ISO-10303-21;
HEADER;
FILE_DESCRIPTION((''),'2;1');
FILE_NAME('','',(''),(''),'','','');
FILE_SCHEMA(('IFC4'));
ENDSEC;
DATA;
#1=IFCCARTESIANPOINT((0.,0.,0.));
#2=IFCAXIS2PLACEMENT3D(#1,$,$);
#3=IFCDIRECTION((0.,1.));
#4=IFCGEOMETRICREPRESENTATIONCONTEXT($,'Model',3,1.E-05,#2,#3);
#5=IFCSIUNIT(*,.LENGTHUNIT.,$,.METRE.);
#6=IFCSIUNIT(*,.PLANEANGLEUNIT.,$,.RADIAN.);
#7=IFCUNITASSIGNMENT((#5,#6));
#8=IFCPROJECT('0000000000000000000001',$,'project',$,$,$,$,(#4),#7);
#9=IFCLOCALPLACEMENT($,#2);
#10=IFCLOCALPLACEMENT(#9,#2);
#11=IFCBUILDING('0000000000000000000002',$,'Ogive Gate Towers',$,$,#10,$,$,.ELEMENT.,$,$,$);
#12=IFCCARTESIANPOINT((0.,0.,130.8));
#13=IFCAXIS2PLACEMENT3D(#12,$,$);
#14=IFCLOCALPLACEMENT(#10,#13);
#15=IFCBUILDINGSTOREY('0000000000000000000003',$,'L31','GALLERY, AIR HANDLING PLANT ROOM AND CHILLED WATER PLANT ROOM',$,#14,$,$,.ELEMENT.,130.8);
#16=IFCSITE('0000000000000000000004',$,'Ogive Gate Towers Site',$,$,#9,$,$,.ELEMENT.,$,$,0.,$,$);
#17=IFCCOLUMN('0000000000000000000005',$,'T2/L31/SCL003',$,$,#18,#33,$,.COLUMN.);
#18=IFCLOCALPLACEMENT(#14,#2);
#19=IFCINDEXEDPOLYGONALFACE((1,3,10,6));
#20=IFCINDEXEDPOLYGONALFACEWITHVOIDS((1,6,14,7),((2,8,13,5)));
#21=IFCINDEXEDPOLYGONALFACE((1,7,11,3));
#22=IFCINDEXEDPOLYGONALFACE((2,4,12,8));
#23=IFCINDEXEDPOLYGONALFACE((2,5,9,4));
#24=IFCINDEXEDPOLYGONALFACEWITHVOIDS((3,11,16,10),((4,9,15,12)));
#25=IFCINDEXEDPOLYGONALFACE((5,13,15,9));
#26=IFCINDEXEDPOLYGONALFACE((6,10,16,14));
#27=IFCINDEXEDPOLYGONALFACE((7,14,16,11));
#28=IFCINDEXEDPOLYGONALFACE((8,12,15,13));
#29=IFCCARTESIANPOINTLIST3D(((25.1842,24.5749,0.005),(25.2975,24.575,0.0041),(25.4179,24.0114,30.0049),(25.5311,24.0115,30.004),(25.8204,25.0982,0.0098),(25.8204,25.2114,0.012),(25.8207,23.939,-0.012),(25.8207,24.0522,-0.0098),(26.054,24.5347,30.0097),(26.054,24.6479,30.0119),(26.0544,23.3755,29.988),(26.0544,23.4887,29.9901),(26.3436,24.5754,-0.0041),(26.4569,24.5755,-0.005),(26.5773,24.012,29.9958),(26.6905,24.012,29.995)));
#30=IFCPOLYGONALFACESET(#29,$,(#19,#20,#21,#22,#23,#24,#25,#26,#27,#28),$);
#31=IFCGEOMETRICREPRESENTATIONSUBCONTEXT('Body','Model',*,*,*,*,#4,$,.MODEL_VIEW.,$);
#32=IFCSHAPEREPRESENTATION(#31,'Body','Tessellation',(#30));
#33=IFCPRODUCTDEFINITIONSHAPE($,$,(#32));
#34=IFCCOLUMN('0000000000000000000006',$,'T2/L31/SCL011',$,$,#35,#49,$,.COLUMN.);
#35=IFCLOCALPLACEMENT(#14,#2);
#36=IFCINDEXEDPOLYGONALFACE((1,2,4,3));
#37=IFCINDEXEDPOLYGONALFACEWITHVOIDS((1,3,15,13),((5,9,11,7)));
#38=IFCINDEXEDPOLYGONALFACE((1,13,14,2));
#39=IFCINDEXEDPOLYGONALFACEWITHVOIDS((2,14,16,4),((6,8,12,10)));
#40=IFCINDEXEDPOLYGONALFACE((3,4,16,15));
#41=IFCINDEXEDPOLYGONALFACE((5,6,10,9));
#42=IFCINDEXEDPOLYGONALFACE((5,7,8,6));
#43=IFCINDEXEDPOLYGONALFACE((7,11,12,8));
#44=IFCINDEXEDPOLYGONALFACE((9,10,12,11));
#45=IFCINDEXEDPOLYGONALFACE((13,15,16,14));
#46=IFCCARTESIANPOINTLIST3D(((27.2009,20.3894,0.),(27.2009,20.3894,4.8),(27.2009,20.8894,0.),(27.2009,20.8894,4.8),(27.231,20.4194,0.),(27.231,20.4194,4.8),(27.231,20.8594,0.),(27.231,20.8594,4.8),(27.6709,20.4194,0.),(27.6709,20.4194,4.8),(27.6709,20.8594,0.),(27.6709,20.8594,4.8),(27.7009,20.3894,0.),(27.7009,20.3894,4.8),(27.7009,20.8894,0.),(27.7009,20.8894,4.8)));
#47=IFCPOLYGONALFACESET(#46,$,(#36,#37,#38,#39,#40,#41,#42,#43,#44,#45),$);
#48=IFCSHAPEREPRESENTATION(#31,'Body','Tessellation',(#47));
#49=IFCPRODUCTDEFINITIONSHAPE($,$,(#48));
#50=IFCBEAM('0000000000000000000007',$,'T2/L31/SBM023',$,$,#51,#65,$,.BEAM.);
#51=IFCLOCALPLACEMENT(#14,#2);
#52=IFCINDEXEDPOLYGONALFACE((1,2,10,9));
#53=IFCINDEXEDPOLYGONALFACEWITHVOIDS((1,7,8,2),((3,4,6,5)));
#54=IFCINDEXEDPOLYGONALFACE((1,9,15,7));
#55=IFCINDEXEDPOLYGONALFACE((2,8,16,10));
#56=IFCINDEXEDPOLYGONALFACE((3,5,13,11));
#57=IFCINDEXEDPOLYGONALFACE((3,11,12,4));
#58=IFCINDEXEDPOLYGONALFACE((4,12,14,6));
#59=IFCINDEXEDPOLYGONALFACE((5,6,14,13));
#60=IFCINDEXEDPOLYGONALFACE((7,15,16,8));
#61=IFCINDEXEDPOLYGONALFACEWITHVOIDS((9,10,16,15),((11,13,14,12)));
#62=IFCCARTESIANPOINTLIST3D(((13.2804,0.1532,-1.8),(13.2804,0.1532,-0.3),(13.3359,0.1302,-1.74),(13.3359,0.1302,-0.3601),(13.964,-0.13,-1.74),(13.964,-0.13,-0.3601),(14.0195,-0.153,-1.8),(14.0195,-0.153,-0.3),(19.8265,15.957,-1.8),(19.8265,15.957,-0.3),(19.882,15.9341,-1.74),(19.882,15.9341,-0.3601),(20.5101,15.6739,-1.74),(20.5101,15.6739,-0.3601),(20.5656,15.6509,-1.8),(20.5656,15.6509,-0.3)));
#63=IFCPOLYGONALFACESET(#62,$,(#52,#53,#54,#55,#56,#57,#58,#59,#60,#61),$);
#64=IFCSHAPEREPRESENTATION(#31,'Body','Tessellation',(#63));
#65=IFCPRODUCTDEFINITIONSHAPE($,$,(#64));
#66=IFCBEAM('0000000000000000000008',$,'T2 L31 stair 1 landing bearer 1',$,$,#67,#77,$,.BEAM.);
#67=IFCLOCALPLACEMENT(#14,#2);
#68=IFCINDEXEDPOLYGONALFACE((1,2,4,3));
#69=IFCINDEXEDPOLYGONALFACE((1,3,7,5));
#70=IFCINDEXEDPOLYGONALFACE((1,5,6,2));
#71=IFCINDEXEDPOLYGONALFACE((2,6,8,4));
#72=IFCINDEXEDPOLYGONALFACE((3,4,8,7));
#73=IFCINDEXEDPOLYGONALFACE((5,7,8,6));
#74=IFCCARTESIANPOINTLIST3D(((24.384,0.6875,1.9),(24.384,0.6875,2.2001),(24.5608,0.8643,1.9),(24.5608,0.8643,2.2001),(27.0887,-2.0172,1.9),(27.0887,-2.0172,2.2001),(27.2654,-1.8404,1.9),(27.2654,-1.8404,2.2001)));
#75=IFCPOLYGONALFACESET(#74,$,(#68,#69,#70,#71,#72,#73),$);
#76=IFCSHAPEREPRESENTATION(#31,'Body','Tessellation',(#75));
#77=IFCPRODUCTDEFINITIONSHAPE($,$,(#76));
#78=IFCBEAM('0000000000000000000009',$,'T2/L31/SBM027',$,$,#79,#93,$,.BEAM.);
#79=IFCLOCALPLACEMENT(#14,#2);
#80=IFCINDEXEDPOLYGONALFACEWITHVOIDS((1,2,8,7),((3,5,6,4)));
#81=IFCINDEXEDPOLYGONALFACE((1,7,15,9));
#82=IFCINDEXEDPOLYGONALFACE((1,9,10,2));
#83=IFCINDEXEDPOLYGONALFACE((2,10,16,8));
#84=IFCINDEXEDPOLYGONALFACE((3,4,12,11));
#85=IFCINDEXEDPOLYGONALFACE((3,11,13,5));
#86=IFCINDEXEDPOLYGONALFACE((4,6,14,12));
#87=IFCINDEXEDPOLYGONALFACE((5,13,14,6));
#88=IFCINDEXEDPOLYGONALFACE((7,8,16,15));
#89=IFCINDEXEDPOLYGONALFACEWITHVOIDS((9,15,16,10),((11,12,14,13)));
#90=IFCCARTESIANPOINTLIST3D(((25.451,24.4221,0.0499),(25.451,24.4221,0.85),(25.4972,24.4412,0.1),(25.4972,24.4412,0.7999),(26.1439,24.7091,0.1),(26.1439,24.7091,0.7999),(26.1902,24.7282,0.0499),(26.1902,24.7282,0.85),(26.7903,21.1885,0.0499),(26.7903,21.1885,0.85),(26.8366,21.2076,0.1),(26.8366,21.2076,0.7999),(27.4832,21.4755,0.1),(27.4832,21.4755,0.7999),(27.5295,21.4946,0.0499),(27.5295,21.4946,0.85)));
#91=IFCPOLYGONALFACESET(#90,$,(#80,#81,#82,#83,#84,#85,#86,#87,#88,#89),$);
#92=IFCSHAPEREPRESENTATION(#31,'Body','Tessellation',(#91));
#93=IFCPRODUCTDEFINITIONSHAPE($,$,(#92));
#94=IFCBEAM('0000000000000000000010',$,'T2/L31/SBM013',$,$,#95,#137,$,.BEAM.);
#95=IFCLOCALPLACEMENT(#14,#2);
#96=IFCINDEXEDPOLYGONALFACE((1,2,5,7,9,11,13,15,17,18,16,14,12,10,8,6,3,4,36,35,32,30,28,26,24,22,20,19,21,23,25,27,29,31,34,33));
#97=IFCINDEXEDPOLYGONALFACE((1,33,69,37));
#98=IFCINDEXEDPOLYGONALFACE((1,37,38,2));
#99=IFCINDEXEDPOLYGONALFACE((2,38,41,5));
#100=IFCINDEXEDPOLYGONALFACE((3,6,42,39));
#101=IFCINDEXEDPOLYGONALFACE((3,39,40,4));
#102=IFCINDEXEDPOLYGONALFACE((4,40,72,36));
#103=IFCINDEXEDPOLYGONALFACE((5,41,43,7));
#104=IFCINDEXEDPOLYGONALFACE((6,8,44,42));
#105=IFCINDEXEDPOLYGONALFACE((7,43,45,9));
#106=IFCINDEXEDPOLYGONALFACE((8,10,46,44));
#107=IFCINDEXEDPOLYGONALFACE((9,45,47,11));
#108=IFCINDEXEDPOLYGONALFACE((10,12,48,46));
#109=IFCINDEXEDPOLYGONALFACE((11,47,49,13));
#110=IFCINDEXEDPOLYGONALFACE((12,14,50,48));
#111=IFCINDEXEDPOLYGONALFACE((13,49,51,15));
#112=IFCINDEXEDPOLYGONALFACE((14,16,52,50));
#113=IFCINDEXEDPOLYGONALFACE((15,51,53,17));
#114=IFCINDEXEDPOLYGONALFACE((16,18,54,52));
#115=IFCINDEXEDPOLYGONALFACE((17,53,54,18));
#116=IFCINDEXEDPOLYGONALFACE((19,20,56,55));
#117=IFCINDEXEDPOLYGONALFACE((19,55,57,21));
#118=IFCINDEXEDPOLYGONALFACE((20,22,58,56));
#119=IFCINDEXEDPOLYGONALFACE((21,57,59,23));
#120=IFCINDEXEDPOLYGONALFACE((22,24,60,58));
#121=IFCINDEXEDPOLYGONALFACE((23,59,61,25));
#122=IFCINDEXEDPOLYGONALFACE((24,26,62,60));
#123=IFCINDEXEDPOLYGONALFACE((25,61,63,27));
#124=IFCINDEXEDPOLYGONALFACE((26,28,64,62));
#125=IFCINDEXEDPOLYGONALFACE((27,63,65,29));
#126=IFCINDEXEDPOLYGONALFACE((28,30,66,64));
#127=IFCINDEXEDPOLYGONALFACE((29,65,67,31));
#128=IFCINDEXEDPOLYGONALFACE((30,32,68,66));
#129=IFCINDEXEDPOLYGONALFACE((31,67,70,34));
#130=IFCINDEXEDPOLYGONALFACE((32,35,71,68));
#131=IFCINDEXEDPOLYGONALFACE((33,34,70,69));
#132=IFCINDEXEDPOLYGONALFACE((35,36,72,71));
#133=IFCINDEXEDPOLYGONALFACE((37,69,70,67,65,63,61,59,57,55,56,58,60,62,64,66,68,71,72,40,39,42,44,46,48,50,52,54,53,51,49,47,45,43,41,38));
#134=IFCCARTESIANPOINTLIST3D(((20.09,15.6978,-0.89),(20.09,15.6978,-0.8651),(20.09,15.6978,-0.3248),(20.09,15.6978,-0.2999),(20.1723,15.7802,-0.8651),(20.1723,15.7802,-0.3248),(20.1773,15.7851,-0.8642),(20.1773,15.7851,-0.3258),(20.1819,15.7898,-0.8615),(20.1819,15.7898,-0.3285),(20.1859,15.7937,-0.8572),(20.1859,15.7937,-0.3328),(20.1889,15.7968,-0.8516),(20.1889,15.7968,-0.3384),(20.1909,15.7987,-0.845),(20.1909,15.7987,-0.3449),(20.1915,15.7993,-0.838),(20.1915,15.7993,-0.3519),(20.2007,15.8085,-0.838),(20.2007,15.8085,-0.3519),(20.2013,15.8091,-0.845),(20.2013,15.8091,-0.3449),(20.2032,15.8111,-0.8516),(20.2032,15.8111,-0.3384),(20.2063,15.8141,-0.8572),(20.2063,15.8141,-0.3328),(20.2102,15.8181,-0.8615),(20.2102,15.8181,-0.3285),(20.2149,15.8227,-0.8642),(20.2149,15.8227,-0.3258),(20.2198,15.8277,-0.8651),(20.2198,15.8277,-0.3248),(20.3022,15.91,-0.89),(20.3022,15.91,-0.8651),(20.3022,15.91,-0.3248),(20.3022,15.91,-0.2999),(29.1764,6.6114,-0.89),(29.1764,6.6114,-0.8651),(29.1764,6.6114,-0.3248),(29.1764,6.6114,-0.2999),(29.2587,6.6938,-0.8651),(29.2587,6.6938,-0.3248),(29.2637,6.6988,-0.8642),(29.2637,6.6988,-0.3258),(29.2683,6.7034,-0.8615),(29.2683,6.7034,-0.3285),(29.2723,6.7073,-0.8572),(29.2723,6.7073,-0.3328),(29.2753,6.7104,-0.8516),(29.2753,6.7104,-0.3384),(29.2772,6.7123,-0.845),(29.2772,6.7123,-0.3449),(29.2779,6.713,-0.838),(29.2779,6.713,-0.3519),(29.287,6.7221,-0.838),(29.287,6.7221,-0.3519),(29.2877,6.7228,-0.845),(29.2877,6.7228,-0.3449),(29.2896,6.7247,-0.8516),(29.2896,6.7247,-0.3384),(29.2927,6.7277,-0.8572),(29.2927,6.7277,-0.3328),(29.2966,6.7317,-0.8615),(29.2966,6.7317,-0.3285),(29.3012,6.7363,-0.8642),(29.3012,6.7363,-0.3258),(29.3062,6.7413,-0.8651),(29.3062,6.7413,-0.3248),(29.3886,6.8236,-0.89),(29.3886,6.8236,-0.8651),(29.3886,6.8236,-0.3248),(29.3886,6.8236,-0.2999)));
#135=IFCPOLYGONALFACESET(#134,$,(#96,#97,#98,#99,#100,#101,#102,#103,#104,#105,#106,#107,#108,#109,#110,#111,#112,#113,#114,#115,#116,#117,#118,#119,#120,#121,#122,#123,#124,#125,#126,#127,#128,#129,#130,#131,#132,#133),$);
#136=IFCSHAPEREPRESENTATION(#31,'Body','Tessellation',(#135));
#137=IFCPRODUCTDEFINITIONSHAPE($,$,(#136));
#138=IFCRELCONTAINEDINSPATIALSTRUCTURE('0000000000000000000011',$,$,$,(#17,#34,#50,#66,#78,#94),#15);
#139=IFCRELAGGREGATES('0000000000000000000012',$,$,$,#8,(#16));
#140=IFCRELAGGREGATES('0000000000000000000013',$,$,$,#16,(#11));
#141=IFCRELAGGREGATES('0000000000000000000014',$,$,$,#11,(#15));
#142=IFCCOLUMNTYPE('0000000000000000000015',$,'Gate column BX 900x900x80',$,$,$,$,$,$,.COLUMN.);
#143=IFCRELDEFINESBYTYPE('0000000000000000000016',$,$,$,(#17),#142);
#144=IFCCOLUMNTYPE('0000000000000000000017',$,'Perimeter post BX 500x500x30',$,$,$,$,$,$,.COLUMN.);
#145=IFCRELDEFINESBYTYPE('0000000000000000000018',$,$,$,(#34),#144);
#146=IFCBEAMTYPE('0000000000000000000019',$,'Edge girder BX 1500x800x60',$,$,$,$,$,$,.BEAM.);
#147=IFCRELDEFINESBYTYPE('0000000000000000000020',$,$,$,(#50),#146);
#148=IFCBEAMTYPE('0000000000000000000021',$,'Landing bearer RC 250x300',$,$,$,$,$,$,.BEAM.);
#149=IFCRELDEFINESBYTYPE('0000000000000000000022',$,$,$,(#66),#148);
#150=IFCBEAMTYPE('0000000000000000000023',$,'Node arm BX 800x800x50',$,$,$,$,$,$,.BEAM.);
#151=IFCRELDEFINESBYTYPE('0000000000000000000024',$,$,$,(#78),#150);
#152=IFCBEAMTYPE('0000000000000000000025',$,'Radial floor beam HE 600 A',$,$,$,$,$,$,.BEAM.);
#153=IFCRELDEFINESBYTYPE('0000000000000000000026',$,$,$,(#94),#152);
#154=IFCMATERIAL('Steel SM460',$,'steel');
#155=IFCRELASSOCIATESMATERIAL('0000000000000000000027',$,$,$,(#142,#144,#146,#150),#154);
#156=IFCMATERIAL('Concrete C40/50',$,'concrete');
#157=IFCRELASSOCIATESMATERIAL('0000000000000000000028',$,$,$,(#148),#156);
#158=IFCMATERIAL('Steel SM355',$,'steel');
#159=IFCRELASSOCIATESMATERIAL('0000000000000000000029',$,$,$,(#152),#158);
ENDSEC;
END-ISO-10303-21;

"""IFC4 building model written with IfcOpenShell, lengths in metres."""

from ifc_helpers import new_model, si_unit, direction, frame, origin, origin_2d, place, context, subcontext, project, spatial, rectangle, hollow_rectangle, i_section, extrude, material, material_profile, profile_set, type_object, element, save


model = new_model("IFC4")

# Units and contexts
model_context = context("Model", 3, precision=1e-05, world=origin(), true_north=direction((0.0, 1.0)))
body_context = subcontext(model_context, "Body", "Model", "MODEL_VIEW")
ifc_project = project(units=[si_unit("LENGTHUNIT", "METRE"), si_unit("PLANEANGLEUNIT", "RADIAN")], contexts=[model_context])

# Site, building, storey
site_placement = place(None, origin())
site = spatial("IfcSite", under=ifc_project, at=site_placement, Name="Ogive Gate Towers Site", CompositionType="ELEMENT", RefElevation=0.0)
building_placement = place(site_placement, origin())
building = spatial("IfcBuilding", under=site, at=building_placement, Name="Ogive Gate Towers", CompositionType="ELEMENT")
storey_placement = place(building_placement, frame((0.0, 0.0, 130.8)))
storey = spatial("IfcBuildingStorey", under=building, at=storey_placement, Name="L31", Description="GALLERY, AIR HANDLING PLANT ROOM AND CHILLED WATER PLANT ROOM", CompositionType="ELEMENT", Elevation=130.8)

# Columns
ifc_material_1 = material(Name="Steel SM460", Category="steel")
ifc_material_profile_1 = material_profile(ifc_material_1, hollow_rectangle(XDim=0.8999, YDim=0.8999, WallThickness=0.0801, at=origin_2d()), Name="BX 900x900x80")
ifc_profile_set_1 = profile_set([ifc_material_profile_1], Name="Steel SM460")
column_type_1 = type_object("IfcColumnType", Name="Gate column BX 900x900x80", PredefinedType="COLUMN", material=ifc_profile_set_1)
column_1_placement = place(storey_placement, frame((25.8206, 24.5752, 0.0), z_axis=(0.007786, -0.018779, 0.999793), x_axis=(-0.707294, 0.70667, 0.018782)))
element("IfcColumn", 1, at=column_1_placement, inside=storey, type_object=column_type_1, Name="T2/L31/SCL003", PredefinedType="COLUMN", context=body_context, shape_type="SweptSolid", body=[
    extrude(hollow_rectangle(XDim=0.8999, YDim=0.8999, WallThickness=0.0801, at=origin_2d()), origin(), (0.0, 0.0, 1.0), 30.0061),
])
ifc_material_profile_2 = material_profile(ifc_material_1, hollow_rectangle(XDim=0.5, YDim=0.5, WallThickness=0.03, at=origin_2d()), Name="BX 500x500x30")
ifc_profile_set_2 = profile_set([ifc_material_profile_2], Name="Steel SM460")
column_type_2 = type_object("IfcColumnType", Name="Perimeter post BX 500x500x30", PredefinedType="COLUMN", material=ifc_profile_set_2)
column_2_placement = place(storey_placement, frame((27.4509, 20.6394, 0.0), z_axis=(0.0, 0.0, 1.0), x_axis=(1.0, 0.0, 0.0)))
element("IfcColumn", 2, at=column_2_placement, inside=storey, type_object=column_type_2, Name="T2/L31/SCL011", PredefinedType="COLUMN", context=body_context, shape_type="SweptSolid", body=[
    extrude(hollow_rectangle(XDim=0.5, YDim=0.5, WallThickness=0.03, at=origin_2d()), origin(), (0.0, 0.0, 1.0), 4.8),
])

# Beams
ifc_material_profile_3 = material_profile(ifc_material_1, hollow_rectangle(XDim=0.8, YDim=1.5, WallThickness=0.0601, at=origin_2d()), Name="BX 1500x800x60")
ifc_profile_set_3 = profile_set([ifc_material_profile_3], Name="Steel SM460")
beam_type_1 = type_object("IfcBeamType", Name="Edge girder BX 1500x800x60", PredefinedType="BEAM", material=ifc_profile_set_3)
beam_1_placement = place(storey_placement, frame((20.196, 15.804, -1.05), z_axis=(-0.38268, -0.923881, 0.0), x_axis=(0.923881, -0.38268, 0.0)))
element("IfcBeam", 3, at=beam_1_placement, inside=storey, type_object=beam_type_1, Name="T2/L31/SBM023", PredefinedType="BEAM", context=body_context, shape_type="SweptSolid", body=[
    extrude(hollow_rectangle(XDim=0.8, YDim=1.5, WallThickness=0.0601, at=origin_2d()), origin(), (0.0, 0.0, 1.0), 17.106),
])
ifc_material_2 = material(Name="Concrete C40/50", Category="concrete")
ifc_material_profile_4 = material_profile(ifc_material_2, rectangle(XDim=0.25, YDim=0.3, at=origin_2d()), Name="RC 250x300")
ifc_profile_set_4 = profile_set([ifc_material_profile_4], Name="Concrete C40/50")
beam_type_2 = type_object("IfcBeamType", Name="Landing bearer RC 250x300", PredefinedType="BEAM", material=ifc_profile_set_4)
beam_2_placement = place(storey_placement, frame((24.4724, 0.7759, 2.05), z_axis=(0.707107, -0.707107, 0.0), x_axis=(0.707107, 0.707107, 0.0)))
element("IfcBeam", 4, at=beam_2_placement, inside=storey, type_object=beam_type_2, Name="T2 L31 stair 1 landing bearer 1", PredefinedType="BEAM", context=body_context, shape_type="SweptSolid", body=[
    extrude(rectangle(XDim=0.25, YDim=0.3, at=origin_2d()), origin(), (0.0, 0.0, 1.0), 3.825),
])
ifc_material_profile_5 = material_profile(ifc_material_1, hollow_rectangle(XDim=0.8, YDim=0.8, WallThickness=0.05, at=origin_2d()), Name="BX 800x800x50")
ifc_profile_set_5 = profile_set([ifc_material_profile_5], Name="Steel SM460")
beam_type_3 = type_object("IfcBeamType", Name="Node arm BX 800x800x50", PredefinedType="BEAM", material=ifc_profile_set_5)
beam_3_placement = place(storey_placement, frame((27.1599, 21.3416, 0.45), z_axis=(-0.382668, 0.923886, 0.0), x_axis=(-0.923886, -0.382668, 0.0)))
element("IfcBeam", 5, at=beam_3_placement, inside=storey, type_object=beam_type_3, Name="T2/L31/SBM027", PredefinedType="BEAM", context=body_context, shape_type="SweptSolid", body=[
    extrude(hollow_rectangle(XDim=0.8, YDim=0.8, WallThickness=0.05, at=origin_2d()), origin(), (0.0, 0.0, 1.0), 3.5),
])
ifc_material_3 = material(Name="Steel SM355", Category="steel")
ifc_material_profile_6 = material_profile(ifc_material_3, i_section(OverallWidth=0.3, OverallDepth=0.5901, WebThickness=0.0129, FlangeThickness=0.0249, FilletRadius=0.0271, at=origin_2d()), Name="HE 600 A")
ifc_profile_set_6 = profile_set([ifc_material_profile_6], Name="Steel SM355")
beam_type_4 = type_object("IfcBeamType", Name="Radial floor beam HE 600 A", PredefinedType="BEAM", material=ifc_profile_set_6)
beam_4_placement = place(storey_placement, frame((29.2825, 6.7175, -0.595), z_axis=(-0.707107, 0.707107, 0.0), x_axis=(-0.707107, -0.707107, 0.0)))
element("IfcBeam", 6, at=beam_4_placement, inside=storey, type_object=beam_type_4, Name="T2/L31/SBM013", PredefinedType="BEAM", context=body_context, shape_type="SweptSolid", body=[
    extrude(i_section(OverallWidth=0.3, OverallDepth=0.5901, WebThickness=0.0129, FlangeThickness=0.0249, FilletRadius=0.0271, at=origin_2d()), origin(), (0.0, 0.0, 1.0), 12.8501),
])

save(model, "model.ifc")
